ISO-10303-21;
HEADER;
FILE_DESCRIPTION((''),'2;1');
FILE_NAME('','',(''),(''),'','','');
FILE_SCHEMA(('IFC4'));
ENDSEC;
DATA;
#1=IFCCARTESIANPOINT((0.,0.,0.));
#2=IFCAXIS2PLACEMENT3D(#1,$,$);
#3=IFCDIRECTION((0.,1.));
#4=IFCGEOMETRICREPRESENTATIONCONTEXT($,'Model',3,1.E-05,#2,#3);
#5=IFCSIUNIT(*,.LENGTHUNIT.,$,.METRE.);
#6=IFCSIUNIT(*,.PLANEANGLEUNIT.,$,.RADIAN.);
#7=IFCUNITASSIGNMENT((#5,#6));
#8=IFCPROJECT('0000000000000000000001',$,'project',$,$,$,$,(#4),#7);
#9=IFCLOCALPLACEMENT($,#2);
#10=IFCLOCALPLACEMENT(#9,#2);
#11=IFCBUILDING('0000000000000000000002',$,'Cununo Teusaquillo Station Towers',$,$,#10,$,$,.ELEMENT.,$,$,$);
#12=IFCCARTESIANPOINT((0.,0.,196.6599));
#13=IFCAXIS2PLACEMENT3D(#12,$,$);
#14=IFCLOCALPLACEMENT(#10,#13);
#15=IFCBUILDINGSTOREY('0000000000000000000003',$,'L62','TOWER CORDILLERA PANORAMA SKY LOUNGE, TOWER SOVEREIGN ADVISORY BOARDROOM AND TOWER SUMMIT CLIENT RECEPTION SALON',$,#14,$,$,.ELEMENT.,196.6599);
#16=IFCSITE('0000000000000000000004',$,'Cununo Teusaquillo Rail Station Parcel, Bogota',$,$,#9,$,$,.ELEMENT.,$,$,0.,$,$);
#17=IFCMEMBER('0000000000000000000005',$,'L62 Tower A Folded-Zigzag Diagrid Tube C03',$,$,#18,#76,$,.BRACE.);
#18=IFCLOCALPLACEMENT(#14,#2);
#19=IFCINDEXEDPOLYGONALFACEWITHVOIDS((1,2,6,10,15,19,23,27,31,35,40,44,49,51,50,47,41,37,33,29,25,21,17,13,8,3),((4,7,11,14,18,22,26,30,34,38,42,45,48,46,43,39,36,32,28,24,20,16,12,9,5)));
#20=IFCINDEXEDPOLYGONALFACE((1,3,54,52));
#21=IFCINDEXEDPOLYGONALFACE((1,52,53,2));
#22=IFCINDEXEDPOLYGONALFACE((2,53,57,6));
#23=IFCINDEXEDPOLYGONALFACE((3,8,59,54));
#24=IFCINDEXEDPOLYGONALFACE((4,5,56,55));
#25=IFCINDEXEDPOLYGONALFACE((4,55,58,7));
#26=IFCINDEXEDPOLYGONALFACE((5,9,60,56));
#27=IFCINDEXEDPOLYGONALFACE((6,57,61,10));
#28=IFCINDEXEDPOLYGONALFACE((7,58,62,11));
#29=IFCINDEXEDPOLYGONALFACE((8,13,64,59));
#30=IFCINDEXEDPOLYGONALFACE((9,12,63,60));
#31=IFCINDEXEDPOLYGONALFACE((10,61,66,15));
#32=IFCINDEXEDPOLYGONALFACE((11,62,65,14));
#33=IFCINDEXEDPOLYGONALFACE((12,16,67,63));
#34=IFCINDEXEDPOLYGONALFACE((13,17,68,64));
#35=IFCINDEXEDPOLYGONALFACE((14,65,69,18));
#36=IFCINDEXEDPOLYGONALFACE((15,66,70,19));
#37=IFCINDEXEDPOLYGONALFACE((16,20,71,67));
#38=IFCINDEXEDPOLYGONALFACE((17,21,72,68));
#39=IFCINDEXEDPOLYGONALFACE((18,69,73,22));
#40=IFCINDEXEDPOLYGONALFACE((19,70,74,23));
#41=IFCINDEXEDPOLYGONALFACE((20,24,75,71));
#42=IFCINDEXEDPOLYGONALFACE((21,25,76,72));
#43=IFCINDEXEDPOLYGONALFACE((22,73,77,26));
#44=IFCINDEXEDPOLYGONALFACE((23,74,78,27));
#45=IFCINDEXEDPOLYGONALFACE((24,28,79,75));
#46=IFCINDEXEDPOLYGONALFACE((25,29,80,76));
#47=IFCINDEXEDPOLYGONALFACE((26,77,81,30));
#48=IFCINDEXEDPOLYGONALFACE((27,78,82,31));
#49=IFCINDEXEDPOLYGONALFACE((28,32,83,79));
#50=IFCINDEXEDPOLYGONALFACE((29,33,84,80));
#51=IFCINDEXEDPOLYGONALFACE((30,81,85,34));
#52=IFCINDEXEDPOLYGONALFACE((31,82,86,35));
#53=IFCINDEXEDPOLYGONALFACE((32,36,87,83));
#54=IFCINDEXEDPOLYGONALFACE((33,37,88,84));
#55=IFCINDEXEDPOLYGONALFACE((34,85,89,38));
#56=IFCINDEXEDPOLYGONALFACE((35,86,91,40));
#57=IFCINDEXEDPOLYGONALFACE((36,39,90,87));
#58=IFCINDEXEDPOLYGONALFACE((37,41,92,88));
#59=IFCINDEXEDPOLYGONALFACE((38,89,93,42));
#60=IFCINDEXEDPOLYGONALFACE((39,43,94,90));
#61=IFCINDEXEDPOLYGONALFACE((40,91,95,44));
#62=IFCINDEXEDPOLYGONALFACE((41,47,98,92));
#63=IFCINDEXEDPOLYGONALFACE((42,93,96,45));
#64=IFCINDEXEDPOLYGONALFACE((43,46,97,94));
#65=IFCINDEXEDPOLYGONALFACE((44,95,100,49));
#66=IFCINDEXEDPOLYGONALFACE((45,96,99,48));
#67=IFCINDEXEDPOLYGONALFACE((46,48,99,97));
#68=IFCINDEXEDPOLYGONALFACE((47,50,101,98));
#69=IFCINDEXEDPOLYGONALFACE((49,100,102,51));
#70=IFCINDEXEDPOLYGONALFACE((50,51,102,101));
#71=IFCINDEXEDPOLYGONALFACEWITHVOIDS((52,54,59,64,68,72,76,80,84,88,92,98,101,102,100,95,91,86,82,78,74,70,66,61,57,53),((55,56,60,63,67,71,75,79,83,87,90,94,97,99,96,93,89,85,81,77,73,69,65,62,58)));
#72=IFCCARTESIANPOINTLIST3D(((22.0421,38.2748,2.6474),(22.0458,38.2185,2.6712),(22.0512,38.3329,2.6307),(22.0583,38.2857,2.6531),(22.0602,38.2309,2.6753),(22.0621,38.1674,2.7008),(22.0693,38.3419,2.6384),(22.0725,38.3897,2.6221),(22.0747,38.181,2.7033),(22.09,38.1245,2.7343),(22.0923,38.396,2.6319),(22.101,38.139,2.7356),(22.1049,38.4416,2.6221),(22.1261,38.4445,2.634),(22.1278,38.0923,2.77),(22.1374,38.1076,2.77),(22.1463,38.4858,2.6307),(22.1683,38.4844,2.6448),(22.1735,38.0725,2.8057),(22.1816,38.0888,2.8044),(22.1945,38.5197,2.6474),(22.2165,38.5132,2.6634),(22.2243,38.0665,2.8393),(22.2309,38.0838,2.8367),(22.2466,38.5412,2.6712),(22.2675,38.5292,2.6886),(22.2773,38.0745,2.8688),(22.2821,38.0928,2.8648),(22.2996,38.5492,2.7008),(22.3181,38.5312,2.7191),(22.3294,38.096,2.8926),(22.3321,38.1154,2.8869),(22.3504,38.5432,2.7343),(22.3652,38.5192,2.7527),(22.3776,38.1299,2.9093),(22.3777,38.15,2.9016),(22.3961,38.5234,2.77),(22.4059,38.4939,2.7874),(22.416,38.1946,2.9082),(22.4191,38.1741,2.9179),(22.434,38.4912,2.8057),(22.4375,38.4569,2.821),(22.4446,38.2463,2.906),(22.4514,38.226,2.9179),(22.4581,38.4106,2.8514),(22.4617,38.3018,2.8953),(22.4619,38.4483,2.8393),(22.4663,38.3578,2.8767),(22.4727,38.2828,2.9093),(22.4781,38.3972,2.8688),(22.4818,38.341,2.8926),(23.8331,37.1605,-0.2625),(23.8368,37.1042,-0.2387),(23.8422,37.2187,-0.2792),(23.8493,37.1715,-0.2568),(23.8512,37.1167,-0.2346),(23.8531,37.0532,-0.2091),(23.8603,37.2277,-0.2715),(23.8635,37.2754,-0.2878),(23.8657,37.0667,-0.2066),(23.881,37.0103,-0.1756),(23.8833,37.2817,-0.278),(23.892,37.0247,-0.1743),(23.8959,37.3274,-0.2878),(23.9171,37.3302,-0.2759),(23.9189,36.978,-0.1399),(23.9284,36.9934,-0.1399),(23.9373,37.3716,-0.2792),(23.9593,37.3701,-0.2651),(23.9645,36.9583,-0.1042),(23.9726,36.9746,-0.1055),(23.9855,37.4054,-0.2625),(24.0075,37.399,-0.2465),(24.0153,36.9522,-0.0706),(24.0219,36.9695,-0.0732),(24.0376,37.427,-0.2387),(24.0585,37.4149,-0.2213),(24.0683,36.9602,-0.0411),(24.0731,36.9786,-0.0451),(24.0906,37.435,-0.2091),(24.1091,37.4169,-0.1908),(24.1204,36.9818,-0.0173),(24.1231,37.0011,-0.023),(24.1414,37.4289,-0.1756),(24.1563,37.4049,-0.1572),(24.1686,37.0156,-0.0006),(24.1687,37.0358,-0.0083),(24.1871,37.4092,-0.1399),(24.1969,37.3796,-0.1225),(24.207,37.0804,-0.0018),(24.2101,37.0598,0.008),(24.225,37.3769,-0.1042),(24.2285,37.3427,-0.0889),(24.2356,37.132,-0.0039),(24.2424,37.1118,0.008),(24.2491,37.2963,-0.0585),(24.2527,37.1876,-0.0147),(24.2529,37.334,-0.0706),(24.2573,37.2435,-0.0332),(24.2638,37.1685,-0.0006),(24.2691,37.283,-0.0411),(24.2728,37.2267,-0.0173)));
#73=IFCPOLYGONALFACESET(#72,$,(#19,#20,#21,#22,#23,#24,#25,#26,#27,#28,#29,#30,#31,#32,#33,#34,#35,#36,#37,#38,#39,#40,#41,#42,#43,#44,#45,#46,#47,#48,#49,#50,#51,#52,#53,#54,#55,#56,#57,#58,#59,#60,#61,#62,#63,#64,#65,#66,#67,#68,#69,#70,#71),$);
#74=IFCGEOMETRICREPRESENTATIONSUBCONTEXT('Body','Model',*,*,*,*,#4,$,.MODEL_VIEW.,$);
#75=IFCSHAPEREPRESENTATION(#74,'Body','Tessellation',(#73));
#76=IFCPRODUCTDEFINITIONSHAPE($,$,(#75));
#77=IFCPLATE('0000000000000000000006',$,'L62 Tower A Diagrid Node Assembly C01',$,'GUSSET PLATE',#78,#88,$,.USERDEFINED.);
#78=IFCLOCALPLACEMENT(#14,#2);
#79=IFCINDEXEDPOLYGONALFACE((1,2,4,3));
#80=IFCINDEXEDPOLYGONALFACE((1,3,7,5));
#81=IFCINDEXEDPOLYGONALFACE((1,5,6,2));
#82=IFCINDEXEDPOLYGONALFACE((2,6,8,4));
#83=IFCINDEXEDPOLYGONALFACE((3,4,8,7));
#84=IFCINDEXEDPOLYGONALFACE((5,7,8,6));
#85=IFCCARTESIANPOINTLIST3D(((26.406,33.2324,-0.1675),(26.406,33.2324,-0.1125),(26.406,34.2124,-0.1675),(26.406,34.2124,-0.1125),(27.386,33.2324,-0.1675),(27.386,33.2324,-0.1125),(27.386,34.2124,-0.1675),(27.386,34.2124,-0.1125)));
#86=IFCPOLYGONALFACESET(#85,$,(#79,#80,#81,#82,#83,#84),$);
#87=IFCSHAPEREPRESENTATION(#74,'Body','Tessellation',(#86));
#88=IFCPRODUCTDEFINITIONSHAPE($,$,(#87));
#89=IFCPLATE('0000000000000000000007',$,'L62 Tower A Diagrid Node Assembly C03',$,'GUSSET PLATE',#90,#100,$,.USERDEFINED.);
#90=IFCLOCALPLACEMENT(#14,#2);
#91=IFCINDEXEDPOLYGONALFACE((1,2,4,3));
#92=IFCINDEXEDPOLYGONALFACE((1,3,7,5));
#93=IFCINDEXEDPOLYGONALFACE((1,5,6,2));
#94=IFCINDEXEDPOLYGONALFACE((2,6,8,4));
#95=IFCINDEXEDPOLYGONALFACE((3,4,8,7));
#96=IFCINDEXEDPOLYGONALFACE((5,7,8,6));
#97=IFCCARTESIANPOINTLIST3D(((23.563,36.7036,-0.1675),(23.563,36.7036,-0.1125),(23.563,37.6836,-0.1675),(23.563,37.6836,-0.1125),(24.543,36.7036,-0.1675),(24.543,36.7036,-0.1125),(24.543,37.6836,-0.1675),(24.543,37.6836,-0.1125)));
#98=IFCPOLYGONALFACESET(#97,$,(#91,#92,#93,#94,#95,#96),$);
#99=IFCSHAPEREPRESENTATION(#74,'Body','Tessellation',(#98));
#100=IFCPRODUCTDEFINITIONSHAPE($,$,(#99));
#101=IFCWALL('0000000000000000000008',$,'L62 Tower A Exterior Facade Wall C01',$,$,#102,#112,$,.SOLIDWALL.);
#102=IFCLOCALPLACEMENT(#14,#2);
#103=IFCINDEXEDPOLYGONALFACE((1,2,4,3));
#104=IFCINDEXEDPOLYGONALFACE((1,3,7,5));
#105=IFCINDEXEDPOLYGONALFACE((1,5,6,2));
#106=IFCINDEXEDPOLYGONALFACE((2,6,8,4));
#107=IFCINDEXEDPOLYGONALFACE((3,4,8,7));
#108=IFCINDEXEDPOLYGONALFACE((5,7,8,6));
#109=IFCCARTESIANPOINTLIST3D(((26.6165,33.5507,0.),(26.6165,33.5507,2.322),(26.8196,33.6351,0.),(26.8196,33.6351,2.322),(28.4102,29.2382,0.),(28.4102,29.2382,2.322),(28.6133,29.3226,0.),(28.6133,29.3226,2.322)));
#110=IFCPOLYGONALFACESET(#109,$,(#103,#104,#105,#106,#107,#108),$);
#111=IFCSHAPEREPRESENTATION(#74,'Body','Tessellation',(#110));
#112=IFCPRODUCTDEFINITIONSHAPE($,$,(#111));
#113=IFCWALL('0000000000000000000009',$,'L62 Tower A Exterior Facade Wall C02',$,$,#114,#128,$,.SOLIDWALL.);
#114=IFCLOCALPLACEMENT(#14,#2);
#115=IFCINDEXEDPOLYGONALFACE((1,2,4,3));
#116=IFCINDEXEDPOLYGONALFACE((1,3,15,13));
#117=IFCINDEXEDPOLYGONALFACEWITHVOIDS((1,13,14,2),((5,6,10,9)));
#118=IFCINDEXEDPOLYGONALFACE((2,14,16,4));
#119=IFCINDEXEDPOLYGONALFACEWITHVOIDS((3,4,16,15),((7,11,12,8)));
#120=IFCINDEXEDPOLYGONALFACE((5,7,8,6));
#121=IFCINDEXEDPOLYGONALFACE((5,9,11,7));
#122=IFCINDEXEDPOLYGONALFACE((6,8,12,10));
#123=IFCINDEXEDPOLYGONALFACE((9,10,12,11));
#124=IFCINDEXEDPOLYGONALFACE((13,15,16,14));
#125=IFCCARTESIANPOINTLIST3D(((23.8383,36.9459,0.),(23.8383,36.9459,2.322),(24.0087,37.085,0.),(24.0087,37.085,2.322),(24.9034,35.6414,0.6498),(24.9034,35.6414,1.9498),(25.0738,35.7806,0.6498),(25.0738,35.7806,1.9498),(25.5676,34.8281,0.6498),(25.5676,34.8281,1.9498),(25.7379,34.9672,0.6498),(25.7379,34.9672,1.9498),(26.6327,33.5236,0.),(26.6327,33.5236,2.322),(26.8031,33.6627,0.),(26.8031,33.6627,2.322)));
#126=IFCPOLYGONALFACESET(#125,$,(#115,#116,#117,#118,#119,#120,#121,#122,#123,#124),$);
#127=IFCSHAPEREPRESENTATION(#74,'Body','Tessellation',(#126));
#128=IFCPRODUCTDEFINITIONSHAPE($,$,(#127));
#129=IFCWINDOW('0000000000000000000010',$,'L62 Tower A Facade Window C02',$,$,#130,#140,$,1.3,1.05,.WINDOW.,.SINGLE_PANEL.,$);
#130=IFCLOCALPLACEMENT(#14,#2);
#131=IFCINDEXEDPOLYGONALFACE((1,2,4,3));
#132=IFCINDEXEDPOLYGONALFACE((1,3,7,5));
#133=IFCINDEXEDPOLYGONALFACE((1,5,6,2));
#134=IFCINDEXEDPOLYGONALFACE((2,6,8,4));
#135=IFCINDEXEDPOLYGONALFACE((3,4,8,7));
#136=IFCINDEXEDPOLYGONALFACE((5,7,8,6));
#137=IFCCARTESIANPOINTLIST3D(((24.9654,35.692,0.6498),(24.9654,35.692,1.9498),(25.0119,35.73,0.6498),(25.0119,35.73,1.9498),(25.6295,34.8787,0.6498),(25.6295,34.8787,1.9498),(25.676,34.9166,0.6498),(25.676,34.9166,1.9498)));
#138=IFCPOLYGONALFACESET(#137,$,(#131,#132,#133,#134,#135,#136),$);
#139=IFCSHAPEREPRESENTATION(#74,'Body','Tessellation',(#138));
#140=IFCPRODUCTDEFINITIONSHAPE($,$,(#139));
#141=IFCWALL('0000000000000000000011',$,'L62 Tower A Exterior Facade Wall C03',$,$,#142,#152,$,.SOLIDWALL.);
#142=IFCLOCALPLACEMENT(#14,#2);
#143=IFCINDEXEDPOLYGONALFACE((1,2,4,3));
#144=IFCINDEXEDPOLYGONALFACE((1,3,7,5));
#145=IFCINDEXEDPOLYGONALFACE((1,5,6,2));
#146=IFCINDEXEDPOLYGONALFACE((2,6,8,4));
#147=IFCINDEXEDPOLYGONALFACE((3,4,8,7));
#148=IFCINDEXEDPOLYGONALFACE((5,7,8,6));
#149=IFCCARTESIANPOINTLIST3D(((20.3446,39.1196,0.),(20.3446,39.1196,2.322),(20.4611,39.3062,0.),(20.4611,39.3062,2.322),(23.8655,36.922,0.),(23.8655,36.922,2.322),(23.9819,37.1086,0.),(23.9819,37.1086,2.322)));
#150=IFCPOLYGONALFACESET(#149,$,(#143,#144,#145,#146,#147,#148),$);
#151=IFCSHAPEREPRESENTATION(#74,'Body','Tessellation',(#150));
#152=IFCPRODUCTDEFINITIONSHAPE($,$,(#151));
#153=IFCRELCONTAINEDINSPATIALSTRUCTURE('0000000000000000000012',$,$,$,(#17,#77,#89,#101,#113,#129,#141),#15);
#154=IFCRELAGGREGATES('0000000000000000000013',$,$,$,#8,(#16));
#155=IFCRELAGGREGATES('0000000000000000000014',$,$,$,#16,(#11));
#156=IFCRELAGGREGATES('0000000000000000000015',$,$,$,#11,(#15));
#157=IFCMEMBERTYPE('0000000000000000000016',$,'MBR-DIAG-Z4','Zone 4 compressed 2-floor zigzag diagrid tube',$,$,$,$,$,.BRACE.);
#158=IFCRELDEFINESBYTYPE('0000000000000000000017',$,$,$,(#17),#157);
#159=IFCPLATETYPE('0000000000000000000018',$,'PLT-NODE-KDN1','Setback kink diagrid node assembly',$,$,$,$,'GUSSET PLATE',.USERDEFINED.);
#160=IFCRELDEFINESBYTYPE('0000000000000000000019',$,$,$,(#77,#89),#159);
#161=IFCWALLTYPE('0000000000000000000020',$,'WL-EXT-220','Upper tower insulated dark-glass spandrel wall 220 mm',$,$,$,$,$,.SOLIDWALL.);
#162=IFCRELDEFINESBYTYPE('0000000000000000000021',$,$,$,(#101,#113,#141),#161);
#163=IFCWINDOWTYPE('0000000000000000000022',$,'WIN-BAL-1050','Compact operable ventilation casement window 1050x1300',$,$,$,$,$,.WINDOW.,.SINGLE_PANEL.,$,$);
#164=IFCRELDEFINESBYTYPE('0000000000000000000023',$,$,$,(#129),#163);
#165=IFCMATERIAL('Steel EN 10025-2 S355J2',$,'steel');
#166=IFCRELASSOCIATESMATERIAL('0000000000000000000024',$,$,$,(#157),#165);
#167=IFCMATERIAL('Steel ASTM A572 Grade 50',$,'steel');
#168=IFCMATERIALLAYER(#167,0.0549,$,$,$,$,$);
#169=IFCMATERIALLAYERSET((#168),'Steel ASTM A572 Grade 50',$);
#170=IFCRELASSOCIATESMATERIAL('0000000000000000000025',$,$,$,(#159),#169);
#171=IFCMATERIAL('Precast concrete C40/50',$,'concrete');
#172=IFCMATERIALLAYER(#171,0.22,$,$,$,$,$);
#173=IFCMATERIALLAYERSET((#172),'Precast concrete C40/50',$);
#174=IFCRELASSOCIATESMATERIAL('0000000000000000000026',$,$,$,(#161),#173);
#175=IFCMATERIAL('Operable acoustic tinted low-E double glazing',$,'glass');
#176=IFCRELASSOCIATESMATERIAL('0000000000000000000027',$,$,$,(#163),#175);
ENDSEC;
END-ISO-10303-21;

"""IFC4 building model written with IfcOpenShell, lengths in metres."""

from ifc_helpers import new_model, si_unit, direction, frame, frame_2d, origin, origin_2d, place, context, subcontext, project, spatial, rectangle, hollow_circle, extrude, source, transform, mapped, material, layer, layer_set, material_profile, profile_set, type_object, element, fill, save


model = new_model("IFC4")

# Units and contexts
model_context = context("Model", 3, precision=1e-05, world=origin(), true_north=direction((0.0, 1.0)))
body_context = subcontext(model_context, "Body", "Model", "MODEL_VIEW")
ifc_project = project(units=[si_unit("LENGTHUNIT", "METRE"), si_unit("PLANEANGLEUNIT", "RADIAN")], contexts=[model_context])

# Site, building, storey
site_placement = place(None, origin())
site = spatial("IfcSite", under=ifc_project, at=site_placement, Name="Cununo Teusaquillo Rail Station Parcel, Bogota", CompositionType="ELEMENT", RefElevation=0.0)
building_placement = place(site_placement, origin())
building = spatial("IfcBuilding", under=site, at=building_placement, Name="Cununo Teusaquillo Station Towers", CompositionType="ELEMENT")
storey_placement = place(building_placement, frame((0.0, 0.0, 196.6599)))
storey = spatial("IfcBuildingStorey", under=building, at=storey_placement, Name="L62", Description="TOWER CORDILLERA PANORAMA SKY LOUNGE, TOWER SOVEREIGN ADVISORY BOARDROOM AND TOWER SUMMIT CLIENT RECEPTION SALON", CompositionType="ELEMENT", Elevation=196.6599)

# Member
ifc_material_1 = material(Name="Steel EN 10025-2 S355J2", Category="steel")
ifc_material_profile_1 = material_profile(ifc_material_1, hollow_circle(Radius=0.2539, WallThickness=0.0181, at=origin_2d()), Name="CHS 508x18")
ifc_profile_set_1 = profile_set([ifc_material_profile_1], Name="Steel EN 10025-2 S355J2")
member_type = type_object("IfcMemberType", Name="MBR-DIAG-Z4", Description="Zone 4 compressed 2-floor zigzag diagrid tube", PredefinedType="BRACE", material=ifc_profile_set_1)
member_1_placement = place(storey_placement, frame((24.053, 37.1936, -0.1399), z_axis=(-0.498334, 0.310032, 0.809656), x_axis=(-0.52825, -0.849089, 0.0)))
element("IfcMember", 1, at=member_1_placement, inside=storey, type_object=member_type, Name="L62 Tower A Folded-Zigzag Diagrid Tube C03", PredefinedType="BRACE", context=body_context, shape_type="SweptSolid", body=[
    extrude(hollow_circle(Radius=0.2539, WallThickness=0.0181, at=origin_2d()), origin(), (0.0, 0.0, 1.0), 3.594),
])

# Plates
ifc_material_2 = material(Name="Steel ASTM A572 Grade 50", Category="steel")
ifc_layer_1 = layer(ifc_material_2, 0.0549)
ifc_layer_set_1 = layer_set([ifc_layer_1], Name="Steel ASTM A572 Grade 50")
plate_type = type_object("IfcPlateType", Name="PLT-NODE-KDN1", Description="Setback kink diagrid node assembly", ElementType="GUSSET PLATE", PredefinedType="USERDEFINED", material=ifc_layer_set_1)
shared_shape_1 = source(origin(), body_context, "Body", "SweptSolid", [
    extrude(rectangle(XDim=0.98, YDim=0.98, at=origin_2d()), origin(), (0.0, 0.0, 1.0), 0.0549),
])
for number, where, z_axis, x_axis, name in (
    (2, (26.896, 33.7224, -0.1675), (0.0, 0.0, 1.0), (1.0, 0.0, 0.0), "L62 Tower A Diagrid Node Assembly C01"),
    (3, (24.053, 37.1936, -0.1675), (0.0, 0.0, 1.0), (1.0, 0.0, 0.0), "L62 Tower A Diagrid Node Assembly C03"),
):
    element("IfcPlate", number, at=place(storey_placement, frame(where, z_axis=z_axis, x_axis=x_axis)), inside=storey, type_object=plate_type, Name=name, ObjectType="GUSSET PLATE", PredefinedType="USERDEFINED", context=body_context, shape_type="MappedRepresentation", body=[
        mapped(shared_shape_1, transform((0.0, 0.0, 0.0), x_axis=(1.0, 0.0, 0.0), y_axis=(0.0, 1.0, 0.0), z_axis=(0.0, 0.0, 1.0), scale=1.0)),
    ])

# Wall
ifc_material_3 = material(Name="Precast concrete C40/50", Category="concrete")
ifc_layer_2 = layer(ifc_material_3, 0.22)
ifc_layer_set_2 = layer_set([ifc_layer_2], Name="Precast concrete C40/50")
wall_type_1 = type_object("IfcWallType", Name="WL-EXT-220", Description="Upper tower insulated dark-glass spandrel wall 220 mm", PredefinedType="SOLIDWALL", material=ifc_layer_set_2)
wall_1_placement = place(storey_placement, frame((26.718, 33.593, 0.0), z_axis=(0.0, 0.0, 1.0), x_axis=(0.384036, -0.923318, 0.0)))
element("IfcWall", 4, at=wall_1_placement, inside=storey, type_object=wall_type_1, Name="L62 Tower A Exterior Facade Wall C01", PredefinedType="SOLIDWALL", context=body_context, shape_type="SweptSolid", body=[
    extrude(rectangle(XDim=4.6707, YDim=0.22, at=frame_2d((2.3354, 0.0))), origin(), (0.0, 0.0, 1.0), 2.322),
])

# Wall, opening, window
wall_2_placement = place(storey_placement, frame((23.9236, 37.0154, 0.0), z_axis=(0.0, 0.0, 1.0), x_axis=(0.632467, -0.774587, 0.0)))
wall_2 = element("IfcWall", 5, at=wall_2_placement, inside=storey, type_object=wall_type_1, Name="L62 Tower A Exterior Facade Wall C02", PredefinedType="SOLIDWALL", context=body_context, shape_type="SweptSolid", body=[
    extrude(rectangle(XDim=4.4182, YDim=0.22, at=frame_2d((2.209, 0.0))), origin(), (0.0, 0.0, 1.0), 2.322),
])
shared_shape_2 = source(origin(), body_context, "Body", "SweptSolid", [
    extrude(rectangle(XDim=1.05, YDim=1.3, at=frame_2d((0.5249, 0.6499))), frame((0.0, 0.1199, 0.0), z_axis=(0.0, -1.0, 0.0), x_axis=(1.0, 0.0, 0.0)), (0.0, 0.0, 1.0), 0.24),
])
opening_1_placement = place(wall_2_placement, frame((1.6841, 0.0, 0.6499)))
opening_1 = element("IfcOpeningElement", 6, at=opening_1_placement, cuts=wall_2, PredefinedType="OPENING", context=body_context, shape_type="MappedRepresentation", body=[
    mapped(shared_shape_2, transform((0.0, 0.0, 0.0), x_axis=(1.0, 0.0, 0.0), y_axis=(0.0, 1.0, 0.0), z_axis=(0.0, 0.0, 1.0), scale=1.0)),
])
ifc_material_4 = material(Name="Operable acoustic tinted low-E double glazing", Category="glass")
window_type = type_object("IfcWindowType", Name="WIN-BAL-1050", Description="Compact operable ventilation casement window 1050x1300", PartitioningType="SINGLE_PANEL", PredefinedType="WINDOW", material=ifc_material_4)
shared_shape_3 = source(origin(), body_context, "Body", "SweptSolid", [
    extrude(rectangle(XDim=1.05, YDim=1.3, at=frame_2d((0.5249, 0.6499))), frame((0.0, 0.03, 0.0), z_axis=(0.0, -1.0, 0.0), x_axis=(1.0, 0.0, 0.0)), (0.0, 0.0, 1.0), 0.0601),
])
window_placement = place(opening_1_placement, origin())
window = element("IfcWindow", 7, at=window_placement, inside=storey, type_object=window_type, Name="L62 Tower A Facade Window C02", OverallHeight=1.3, OverallWidth=1.05, PartitioningType="SINGLE_PANEL", PredefinedType="WINDOW", context=body_context, shape_type="MappedRepresentation", body=[
    mapped(shared_shape_3, transform((0.0, 0.0, 0.0), x_axis=(1.0, 0.0, 0.0), y_axis=(0.0, 1.0, 0.0), z_axis=(0.0, 0.0, 1.0), scale=1.0)),
])
fill(opening_1, window)

# Wall
wall_3_placement = place(storey_placement, frame((20.4028, 39.2129, 0.0), z_axis=(0.0, 0.0, 1.0), x_axis=(0.848319, -0.529486, 0.0)))
element("IfcWall", 8, at=wall_3_placement, inside=storey, type_object=wall_type_1, Name="L62 Tower A Exterior Facade Wall C03", PredefinedType="SOLIDWALL", context=body_context, shape_type="SweptSolid", body=[
    extrude(rectangle(XDim=4.1504, YDim=0.22, at=frame_2d((2.0752, 0.0))), origin(), (0.0, 0.0, 1.0), 2.322),
])

save(model, "model.ifc")
